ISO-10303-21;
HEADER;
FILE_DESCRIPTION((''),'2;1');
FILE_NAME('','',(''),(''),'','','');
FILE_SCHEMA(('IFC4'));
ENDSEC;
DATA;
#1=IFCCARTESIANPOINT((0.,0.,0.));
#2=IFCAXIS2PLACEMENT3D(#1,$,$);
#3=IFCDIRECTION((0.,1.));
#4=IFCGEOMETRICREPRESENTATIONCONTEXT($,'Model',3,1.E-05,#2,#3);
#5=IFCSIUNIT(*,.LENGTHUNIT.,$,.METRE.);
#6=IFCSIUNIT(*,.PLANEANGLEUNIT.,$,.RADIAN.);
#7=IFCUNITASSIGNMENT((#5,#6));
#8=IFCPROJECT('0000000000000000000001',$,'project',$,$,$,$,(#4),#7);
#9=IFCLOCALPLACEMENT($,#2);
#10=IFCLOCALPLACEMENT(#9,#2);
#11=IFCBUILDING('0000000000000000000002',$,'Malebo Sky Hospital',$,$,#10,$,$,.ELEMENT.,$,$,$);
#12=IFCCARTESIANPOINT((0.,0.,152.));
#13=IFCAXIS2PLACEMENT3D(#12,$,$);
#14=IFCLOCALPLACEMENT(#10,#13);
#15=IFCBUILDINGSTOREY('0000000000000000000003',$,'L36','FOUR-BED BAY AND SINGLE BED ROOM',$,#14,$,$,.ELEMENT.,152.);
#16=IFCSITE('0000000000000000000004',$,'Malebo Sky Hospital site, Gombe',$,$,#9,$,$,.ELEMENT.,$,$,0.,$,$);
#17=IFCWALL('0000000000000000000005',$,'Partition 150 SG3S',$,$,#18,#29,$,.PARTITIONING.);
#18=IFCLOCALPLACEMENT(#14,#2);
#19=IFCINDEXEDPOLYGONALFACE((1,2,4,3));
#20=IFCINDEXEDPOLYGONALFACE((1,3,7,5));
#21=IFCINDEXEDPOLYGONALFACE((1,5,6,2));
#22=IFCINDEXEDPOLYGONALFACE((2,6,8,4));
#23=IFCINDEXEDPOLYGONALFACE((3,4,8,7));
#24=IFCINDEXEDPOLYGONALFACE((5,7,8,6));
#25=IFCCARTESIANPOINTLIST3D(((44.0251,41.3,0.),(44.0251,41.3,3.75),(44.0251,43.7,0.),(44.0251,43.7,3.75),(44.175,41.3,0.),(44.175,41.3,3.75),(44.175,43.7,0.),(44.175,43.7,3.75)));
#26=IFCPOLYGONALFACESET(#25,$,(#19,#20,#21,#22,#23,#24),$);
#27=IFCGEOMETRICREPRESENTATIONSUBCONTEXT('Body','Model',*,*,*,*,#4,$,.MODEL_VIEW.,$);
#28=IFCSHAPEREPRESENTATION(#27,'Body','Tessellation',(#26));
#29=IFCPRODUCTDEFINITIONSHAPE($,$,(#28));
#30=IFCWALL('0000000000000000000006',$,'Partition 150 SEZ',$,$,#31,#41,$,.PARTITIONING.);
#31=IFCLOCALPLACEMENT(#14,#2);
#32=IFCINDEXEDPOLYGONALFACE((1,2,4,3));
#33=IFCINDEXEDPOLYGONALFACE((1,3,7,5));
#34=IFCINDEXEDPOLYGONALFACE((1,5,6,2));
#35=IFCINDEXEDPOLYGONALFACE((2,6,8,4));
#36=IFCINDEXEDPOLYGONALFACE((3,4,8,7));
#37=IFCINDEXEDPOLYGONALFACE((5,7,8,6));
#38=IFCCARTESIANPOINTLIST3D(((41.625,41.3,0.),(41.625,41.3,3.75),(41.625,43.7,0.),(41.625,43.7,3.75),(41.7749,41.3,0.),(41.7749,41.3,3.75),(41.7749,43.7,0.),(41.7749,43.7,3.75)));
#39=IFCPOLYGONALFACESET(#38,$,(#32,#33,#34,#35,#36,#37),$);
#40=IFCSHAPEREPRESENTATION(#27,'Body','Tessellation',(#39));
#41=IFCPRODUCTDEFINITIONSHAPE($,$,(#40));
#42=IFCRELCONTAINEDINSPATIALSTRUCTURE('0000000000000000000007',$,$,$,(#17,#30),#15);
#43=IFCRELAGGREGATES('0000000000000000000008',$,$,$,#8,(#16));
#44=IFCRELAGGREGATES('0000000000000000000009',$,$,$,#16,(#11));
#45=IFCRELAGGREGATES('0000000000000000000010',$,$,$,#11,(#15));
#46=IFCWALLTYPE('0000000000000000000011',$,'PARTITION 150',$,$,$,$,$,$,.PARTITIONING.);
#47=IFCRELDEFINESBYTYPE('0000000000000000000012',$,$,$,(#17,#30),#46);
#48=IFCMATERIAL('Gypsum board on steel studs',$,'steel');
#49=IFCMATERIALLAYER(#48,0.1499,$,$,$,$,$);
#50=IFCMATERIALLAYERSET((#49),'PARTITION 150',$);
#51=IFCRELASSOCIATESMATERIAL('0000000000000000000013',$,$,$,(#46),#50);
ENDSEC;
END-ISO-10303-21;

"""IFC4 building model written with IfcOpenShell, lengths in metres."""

from ifc_helpers import new_model, si_unit, direction, frame, frame_2d, origin, place, context, subcontext, project, spatial, rectangle, extrude, material, layer, layer_set, type_object, element, save


model = new_model("IFC4")

# Units and contexts
model_context = context("Model", 3, precision=1e-05, world=origin(), true_north=direction((0.0, 1.0)))
body_context = subcontext(model_context, "Body", "Model", "MODEL_VIEW")
ifc_project = project(units=[si_unit("LENGTHUNIT", "METRE"), si_unit("PLANEANGLEUNIT", "RADIAN")], contexts=[model_context])

# Site, building, storey
site_placement = place(None, origin())
site = spatial("IfcSite", under=ifc_project, at=site_placement, Name="Malebo Sky Hospital site, Gombe", CompositionType="ELEMENT", RefElevation=0.0)
building_placement = place(site_placement, origin())
building = spatial("IfcBuilding", under=site, at=building_placement, Name="Malebo Sky Hospital", CompositionType="ELEMENT")
storey_placement = place(building_placement, frame((0.0, 0.0, 152.0)))
storey = spatial("IfcBuildingStorey", under=building, at=storey_placement, Name="L36", Description="FOUR-BED BAY AND SINGLE BED ROOM", CompositionType="ELEMENT", Elevation=152.0)

# Shared definitions
ifc_material_1 = material(Name="Gypsum board on steel studs", Category="steel")

# Shared definitions
ifc_layer_1 = layer(ifc_material_1, 0.1499)
ifc_layer_set_1 = layer_set([ifc_layer_1], Name="PARTITION 150")
wall_type_1 = type_object("IfcWallType", Name="PARTITION 150", PredefinedType="PARTITIONING", material=ifc_layer_set_1)

# Walls
for number, where, z_axis, x_axis, name in (
    (1, (44.1001, 43.7, 0.0), (0.0, 0.0, 1.0), (0.0, -1.0, 0.0), "Partition 150 SG3S"),
    (2, (41.7, 43.7, 0.0), (0.0, 0.0, 1.0), (0.0, -1.0, 0.0), "Partition 150 SEZ"),
):
    element("IfcWall", number, at=place(storey_placement, frame(where, z_axis=z_axis, x_axis=x_axis)), inside=storey, type_object=wall_type_1, Name=name, PredefinedType="PARTITIONING", context=body_context, shape_type="SweptSolid", body=[
        extrude(rectangle(XDim=2.3999, YDim=0.1499, at=frame_2d((1.2, 0.0))), origin(), (0.0, 0.0, 1.0), 3.75),
    ])

save(model, "model.ifc")
